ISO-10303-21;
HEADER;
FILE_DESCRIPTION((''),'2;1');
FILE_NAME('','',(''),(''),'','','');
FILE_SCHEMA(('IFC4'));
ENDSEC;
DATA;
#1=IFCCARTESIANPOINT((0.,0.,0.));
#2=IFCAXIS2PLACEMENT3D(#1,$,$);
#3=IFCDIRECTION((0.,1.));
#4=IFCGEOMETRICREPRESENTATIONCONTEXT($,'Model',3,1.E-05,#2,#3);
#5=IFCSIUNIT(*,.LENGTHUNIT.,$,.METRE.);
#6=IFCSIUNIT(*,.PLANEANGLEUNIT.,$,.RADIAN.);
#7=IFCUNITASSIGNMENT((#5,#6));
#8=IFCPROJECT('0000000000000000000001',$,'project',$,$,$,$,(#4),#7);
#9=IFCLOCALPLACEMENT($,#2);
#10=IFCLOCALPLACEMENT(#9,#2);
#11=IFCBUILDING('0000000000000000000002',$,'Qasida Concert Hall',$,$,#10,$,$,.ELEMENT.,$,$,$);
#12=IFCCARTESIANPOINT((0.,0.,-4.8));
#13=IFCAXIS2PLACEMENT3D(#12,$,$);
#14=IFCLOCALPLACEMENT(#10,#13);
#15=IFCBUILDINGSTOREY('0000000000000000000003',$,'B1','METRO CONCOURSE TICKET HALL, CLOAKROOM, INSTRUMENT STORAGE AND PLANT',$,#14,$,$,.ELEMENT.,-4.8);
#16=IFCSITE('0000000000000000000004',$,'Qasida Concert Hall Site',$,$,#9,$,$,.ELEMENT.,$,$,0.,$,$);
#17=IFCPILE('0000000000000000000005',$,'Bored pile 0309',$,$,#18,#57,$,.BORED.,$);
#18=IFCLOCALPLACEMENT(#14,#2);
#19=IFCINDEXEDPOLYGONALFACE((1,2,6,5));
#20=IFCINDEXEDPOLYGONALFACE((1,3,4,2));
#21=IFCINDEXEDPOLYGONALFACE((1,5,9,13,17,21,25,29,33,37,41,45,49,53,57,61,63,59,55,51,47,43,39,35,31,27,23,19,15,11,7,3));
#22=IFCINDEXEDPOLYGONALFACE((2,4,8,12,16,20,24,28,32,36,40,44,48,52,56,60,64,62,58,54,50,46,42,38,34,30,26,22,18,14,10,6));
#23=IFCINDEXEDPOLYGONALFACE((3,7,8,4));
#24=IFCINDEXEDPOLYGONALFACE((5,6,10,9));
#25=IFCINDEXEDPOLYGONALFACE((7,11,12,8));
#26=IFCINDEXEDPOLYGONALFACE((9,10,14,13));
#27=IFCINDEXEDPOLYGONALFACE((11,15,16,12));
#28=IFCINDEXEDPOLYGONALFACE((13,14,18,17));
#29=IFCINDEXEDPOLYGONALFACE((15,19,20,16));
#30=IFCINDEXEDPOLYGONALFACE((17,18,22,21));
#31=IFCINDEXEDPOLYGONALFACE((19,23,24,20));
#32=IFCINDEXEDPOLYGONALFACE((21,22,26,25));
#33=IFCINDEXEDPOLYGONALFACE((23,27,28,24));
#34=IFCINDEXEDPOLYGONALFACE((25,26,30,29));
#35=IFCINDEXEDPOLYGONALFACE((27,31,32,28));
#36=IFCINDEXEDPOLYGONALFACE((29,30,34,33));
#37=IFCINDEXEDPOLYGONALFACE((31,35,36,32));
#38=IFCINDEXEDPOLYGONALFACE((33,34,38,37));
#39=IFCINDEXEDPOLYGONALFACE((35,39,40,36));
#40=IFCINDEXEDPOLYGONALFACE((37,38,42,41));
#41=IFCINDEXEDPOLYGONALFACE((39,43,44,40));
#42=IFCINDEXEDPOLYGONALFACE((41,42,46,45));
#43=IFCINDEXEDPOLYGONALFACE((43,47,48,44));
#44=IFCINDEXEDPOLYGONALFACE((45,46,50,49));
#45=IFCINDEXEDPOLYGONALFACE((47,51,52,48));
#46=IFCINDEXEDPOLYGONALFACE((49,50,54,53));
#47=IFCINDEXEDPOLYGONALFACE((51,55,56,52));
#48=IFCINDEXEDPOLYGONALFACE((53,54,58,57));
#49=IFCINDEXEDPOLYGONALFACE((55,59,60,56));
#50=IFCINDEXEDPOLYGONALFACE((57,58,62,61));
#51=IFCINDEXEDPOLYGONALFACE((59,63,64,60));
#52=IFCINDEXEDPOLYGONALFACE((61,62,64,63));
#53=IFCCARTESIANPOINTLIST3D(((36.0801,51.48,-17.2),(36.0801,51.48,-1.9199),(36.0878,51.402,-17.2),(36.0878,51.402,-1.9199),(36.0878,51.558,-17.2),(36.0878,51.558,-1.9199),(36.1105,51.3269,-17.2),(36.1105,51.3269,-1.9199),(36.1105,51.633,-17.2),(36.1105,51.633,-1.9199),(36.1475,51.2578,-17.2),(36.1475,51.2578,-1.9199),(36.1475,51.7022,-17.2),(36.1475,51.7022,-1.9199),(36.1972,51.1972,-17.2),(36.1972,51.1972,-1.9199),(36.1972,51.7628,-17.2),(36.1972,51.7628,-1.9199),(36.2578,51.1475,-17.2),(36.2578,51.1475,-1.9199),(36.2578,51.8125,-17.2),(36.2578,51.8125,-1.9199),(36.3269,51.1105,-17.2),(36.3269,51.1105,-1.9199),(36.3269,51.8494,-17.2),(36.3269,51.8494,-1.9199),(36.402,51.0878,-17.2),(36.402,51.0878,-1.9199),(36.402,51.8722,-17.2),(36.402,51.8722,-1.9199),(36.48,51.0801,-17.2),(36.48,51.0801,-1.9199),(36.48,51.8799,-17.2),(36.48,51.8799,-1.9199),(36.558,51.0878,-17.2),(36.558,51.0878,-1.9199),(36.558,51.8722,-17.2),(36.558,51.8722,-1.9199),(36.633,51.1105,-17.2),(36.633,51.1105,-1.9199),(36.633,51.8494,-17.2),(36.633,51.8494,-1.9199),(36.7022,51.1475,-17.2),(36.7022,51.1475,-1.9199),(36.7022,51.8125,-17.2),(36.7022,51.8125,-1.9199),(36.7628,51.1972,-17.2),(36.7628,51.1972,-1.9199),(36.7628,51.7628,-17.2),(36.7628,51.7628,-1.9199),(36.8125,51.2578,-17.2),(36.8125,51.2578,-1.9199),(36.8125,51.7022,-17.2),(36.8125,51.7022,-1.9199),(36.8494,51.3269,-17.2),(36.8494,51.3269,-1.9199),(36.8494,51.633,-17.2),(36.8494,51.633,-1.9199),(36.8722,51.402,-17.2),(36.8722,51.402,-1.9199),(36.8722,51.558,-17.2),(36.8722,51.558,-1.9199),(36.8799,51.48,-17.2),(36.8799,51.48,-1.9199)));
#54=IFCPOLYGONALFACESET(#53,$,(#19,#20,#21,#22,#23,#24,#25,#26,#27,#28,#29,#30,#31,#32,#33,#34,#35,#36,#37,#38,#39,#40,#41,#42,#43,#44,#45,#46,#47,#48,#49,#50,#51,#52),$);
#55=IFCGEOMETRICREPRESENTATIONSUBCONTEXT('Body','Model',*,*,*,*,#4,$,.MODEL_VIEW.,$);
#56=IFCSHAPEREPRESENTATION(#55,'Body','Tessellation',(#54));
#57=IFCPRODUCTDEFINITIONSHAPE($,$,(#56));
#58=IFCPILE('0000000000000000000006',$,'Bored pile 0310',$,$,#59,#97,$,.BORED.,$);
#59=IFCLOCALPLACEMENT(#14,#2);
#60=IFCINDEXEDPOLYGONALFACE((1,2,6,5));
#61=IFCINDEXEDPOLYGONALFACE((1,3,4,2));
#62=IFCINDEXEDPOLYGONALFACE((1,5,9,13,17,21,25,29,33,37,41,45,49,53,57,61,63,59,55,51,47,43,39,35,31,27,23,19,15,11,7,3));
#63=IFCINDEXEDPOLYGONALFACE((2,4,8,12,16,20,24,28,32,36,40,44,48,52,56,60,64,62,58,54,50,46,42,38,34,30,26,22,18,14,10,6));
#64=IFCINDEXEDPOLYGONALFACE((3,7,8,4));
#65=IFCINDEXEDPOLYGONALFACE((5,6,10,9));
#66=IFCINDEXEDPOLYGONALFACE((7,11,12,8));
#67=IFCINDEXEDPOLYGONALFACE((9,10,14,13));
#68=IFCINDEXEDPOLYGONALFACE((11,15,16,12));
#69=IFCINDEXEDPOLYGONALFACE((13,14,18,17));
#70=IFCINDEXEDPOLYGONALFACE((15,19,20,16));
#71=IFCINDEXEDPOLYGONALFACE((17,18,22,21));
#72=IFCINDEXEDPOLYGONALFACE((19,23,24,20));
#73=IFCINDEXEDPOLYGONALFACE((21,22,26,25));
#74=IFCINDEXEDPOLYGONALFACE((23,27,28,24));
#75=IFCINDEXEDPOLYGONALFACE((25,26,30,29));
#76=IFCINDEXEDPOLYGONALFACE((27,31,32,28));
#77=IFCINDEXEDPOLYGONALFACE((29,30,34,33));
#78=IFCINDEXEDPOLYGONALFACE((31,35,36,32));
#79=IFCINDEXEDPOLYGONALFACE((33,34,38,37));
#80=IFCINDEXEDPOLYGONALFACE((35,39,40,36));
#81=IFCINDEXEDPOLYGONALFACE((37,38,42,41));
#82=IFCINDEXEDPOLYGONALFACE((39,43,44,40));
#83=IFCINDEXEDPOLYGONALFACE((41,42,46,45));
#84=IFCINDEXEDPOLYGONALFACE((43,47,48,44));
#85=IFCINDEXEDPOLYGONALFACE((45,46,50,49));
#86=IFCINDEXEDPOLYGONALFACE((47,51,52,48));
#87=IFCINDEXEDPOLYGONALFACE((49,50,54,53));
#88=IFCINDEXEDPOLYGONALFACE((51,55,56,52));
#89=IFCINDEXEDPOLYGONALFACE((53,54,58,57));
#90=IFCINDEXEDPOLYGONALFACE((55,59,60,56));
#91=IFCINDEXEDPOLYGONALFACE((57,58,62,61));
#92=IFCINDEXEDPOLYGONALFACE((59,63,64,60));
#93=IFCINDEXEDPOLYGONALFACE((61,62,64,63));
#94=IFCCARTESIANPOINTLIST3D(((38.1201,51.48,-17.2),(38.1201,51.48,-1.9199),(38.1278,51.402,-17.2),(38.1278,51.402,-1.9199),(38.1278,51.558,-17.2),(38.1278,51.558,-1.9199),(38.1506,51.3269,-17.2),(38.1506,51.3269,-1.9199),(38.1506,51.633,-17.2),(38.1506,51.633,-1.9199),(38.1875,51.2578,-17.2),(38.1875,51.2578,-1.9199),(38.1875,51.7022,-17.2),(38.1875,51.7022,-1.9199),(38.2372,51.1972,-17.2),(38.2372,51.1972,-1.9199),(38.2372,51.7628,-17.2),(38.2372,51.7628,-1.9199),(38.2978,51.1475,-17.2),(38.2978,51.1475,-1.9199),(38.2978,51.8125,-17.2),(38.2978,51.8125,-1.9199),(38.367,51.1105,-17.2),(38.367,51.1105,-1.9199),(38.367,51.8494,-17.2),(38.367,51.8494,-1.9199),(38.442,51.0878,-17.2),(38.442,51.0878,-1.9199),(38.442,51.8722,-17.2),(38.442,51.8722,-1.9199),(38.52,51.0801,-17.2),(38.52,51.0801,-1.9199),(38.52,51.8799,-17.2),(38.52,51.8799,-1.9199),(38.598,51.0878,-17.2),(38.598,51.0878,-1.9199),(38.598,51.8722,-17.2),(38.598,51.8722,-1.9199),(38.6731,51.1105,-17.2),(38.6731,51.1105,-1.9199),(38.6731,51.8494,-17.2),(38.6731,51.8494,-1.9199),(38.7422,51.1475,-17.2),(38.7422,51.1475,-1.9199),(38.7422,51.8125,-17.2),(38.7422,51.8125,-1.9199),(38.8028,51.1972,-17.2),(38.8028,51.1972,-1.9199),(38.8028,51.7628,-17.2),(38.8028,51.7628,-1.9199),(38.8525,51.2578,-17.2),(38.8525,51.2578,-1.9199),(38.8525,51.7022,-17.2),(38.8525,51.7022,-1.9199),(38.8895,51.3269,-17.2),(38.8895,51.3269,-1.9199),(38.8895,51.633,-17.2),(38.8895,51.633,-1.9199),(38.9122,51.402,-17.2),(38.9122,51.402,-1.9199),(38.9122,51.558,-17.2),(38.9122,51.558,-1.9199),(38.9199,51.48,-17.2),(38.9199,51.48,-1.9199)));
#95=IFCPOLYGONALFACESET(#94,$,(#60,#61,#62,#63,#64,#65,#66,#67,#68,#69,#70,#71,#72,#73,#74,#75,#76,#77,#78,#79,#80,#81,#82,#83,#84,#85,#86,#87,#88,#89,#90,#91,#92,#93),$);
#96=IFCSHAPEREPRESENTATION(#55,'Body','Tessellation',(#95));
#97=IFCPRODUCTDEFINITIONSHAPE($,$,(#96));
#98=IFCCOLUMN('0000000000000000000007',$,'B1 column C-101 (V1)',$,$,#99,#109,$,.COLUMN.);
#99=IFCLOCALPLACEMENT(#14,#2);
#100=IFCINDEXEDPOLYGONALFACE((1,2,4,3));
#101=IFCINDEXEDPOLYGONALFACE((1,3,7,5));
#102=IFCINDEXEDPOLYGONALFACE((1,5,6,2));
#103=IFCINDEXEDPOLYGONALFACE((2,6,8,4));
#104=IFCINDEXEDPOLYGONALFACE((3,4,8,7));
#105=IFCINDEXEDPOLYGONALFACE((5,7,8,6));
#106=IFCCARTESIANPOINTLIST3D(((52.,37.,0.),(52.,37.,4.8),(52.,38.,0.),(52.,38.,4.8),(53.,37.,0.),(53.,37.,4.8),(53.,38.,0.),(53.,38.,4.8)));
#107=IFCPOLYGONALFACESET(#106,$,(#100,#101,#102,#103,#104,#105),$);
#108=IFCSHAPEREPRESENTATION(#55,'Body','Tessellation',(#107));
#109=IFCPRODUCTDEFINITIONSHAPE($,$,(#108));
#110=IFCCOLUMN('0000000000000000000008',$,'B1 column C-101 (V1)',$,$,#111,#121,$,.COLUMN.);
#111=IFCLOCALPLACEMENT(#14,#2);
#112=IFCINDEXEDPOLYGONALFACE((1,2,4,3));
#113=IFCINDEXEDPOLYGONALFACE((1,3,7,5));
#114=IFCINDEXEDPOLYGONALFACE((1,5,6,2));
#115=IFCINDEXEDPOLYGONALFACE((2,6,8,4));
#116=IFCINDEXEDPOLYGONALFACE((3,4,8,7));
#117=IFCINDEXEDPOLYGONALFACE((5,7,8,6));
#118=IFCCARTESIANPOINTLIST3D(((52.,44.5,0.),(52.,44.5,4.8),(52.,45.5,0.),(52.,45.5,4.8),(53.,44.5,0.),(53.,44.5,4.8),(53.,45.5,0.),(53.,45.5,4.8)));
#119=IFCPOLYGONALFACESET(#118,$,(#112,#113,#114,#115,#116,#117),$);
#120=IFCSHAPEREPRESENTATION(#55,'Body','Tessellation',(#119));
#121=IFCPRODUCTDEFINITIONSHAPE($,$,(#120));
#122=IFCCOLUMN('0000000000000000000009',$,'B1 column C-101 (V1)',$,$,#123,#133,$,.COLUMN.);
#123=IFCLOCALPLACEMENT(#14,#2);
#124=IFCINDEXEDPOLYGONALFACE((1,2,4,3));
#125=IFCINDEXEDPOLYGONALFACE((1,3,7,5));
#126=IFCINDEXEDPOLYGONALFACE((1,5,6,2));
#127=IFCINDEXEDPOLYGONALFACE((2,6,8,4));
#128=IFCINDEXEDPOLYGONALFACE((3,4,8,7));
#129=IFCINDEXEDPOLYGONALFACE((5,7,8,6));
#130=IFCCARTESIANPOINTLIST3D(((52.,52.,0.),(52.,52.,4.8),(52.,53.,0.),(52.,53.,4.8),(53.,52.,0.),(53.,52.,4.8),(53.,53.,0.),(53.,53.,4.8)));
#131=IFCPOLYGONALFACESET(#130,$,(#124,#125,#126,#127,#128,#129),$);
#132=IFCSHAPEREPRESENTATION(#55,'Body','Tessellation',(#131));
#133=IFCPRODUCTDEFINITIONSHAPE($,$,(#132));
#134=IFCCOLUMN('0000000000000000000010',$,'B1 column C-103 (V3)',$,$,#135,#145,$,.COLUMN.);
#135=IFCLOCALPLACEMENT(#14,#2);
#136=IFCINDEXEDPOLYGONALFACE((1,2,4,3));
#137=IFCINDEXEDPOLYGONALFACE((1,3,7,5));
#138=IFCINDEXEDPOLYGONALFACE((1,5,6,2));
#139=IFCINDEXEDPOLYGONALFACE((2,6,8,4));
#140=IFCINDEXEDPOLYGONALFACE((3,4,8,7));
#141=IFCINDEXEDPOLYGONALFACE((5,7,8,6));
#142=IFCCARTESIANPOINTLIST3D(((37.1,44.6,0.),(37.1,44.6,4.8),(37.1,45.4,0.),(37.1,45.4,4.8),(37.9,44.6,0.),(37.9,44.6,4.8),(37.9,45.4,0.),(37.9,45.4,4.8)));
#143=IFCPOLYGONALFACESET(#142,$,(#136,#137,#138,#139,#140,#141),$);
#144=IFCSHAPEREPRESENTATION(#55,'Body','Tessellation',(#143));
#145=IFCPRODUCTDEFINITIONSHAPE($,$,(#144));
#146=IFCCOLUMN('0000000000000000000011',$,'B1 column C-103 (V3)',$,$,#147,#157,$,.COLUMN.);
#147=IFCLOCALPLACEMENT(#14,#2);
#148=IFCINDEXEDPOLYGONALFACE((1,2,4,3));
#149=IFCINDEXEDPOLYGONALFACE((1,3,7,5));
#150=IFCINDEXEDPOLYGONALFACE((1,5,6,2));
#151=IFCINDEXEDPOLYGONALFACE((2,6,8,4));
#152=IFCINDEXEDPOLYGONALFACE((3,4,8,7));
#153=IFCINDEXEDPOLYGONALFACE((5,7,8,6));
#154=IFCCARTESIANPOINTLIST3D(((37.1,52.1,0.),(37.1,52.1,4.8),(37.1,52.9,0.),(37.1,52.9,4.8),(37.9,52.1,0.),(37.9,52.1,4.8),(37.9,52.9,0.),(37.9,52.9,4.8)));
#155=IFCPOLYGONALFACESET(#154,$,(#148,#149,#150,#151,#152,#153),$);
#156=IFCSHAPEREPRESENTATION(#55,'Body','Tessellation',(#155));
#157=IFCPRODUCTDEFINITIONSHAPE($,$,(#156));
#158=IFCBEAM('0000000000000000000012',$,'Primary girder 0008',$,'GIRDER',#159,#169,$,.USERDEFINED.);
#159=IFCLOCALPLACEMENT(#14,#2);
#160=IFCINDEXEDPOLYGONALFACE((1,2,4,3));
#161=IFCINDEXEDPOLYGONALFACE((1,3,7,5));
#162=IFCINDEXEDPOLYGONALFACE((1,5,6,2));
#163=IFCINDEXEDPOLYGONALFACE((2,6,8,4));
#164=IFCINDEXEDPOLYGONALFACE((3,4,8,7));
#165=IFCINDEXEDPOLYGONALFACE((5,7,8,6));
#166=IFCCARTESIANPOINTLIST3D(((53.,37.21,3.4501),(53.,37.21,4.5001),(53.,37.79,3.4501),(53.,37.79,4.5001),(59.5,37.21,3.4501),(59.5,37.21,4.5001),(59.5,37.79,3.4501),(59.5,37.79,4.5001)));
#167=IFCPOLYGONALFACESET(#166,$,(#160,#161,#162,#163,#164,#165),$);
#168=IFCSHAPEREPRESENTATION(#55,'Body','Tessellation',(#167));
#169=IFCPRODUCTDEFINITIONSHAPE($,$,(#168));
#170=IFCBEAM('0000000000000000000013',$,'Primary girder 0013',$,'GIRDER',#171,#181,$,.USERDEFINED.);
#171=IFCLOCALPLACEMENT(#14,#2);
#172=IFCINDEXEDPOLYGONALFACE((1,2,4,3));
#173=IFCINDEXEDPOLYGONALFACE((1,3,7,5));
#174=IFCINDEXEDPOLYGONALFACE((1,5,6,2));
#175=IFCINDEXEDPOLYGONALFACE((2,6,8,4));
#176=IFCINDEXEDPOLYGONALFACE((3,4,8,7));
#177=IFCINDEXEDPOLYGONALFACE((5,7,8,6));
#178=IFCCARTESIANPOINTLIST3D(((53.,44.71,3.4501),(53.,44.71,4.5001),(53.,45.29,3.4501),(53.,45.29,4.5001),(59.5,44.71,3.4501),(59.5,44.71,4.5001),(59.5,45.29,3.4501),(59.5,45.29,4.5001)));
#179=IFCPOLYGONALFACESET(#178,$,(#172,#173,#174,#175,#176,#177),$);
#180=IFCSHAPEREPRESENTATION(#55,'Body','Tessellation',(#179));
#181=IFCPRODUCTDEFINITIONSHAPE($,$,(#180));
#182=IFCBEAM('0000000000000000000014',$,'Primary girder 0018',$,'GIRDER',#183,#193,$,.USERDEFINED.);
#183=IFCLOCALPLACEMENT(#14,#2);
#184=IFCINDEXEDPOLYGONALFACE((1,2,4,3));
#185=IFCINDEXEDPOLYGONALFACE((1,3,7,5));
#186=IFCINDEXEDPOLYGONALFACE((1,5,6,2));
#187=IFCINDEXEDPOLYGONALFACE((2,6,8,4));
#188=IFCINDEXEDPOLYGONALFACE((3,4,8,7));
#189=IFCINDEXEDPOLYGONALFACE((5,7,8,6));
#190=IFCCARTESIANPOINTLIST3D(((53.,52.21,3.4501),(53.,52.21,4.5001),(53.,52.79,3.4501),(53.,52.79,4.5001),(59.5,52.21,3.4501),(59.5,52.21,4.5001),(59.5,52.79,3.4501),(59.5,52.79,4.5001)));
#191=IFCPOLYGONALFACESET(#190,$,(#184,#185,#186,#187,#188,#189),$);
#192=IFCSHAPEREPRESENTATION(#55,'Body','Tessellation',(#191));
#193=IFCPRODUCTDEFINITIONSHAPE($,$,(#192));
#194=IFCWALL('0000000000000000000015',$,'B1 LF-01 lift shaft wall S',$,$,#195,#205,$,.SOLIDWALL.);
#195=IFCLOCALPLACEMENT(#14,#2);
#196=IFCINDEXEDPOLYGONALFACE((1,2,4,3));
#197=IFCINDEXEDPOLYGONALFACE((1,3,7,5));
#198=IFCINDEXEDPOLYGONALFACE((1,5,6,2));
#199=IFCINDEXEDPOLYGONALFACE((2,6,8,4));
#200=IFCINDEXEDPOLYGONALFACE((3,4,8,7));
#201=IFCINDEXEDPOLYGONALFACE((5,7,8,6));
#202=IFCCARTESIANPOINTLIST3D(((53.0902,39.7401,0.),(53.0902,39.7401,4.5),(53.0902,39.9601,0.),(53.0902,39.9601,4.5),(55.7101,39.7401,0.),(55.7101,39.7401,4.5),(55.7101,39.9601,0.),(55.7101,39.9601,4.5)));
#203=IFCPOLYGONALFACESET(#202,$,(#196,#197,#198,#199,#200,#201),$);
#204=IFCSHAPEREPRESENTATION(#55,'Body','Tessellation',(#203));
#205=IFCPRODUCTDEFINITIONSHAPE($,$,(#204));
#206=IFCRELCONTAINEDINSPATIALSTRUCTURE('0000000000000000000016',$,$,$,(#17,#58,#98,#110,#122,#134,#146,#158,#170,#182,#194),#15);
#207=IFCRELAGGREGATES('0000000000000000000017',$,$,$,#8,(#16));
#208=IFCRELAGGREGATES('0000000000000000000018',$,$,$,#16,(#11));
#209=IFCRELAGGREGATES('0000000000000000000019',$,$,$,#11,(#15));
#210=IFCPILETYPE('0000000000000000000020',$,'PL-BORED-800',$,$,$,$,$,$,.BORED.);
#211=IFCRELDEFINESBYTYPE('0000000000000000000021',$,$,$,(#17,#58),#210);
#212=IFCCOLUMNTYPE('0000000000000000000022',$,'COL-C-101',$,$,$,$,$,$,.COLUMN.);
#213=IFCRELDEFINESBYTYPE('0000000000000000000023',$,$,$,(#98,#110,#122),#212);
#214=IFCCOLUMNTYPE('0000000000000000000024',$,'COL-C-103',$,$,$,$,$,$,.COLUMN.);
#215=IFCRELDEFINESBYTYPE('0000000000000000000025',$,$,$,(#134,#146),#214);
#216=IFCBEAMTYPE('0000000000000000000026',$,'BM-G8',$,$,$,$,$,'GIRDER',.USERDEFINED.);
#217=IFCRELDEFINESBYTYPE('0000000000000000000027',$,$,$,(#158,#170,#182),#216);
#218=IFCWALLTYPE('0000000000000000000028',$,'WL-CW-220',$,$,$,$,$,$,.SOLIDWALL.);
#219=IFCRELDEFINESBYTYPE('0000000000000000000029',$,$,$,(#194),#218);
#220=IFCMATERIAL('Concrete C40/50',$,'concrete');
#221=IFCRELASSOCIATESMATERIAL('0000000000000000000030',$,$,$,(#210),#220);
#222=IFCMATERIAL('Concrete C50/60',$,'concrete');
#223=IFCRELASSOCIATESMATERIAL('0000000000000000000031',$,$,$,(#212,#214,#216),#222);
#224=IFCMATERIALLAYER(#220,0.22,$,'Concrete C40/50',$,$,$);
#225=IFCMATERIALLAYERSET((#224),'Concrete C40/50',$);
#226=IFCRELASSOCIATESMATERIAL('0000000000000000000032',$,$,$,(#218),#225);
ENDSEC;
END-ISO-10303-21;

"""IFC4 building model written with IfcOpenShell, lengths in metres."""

from ifc_helpers import new_model, si_unit, direction, frame, frame_2d, origin, origin_2d, place, context, subcontext, project, spatial, rectangle, circle, extrude, material, layer, layer_set, material_profile, profile_set, type_object, element, save


model = new_model("IFC4")

# Units and contexts
model_context = context("Model", 3, precision=1e-05, world=origin(), true_north=direction((0.0, 1.0)))
body_context = subcontext(model_context, "Body", "Model", "MODEL_VIEW")
ifc_project = project(units=[si_unit("LENGTHUNIT", "METRE"), si_unit("PLANEANGLEUNIT", "RADIAN")], contexts=[model_context])

# Site, building, storey
site_placement = place(None, origin())
site = spatial("IfcSite", under=ifc_project, at=site_placement, Name="Qasida Concert Hall Site", CompositionType="ELEMENT", RefElevation=0.0)
building_placement = place(site_placement, origin())
building = spatial("IfcBuilding", under=site, at=building_placement, Name="Qasida Concert Hall", CompositionType="ELEMENT")
storey_placement = place(building_placement, frame((0.0, 0.0, -4.8)))
storey = spatial("IfcBuildingStorey", under=building, at=storey_placement, Name="B1", Description="METRO CONCOURSE TICKET HALL, CLOAKROOM, INSTRUMENT STORAGE AND PLANT", CompositionType="ELEMENT", Elevation=-4.8)

# Shared definitions
ifc_material_1 = material(Name="Concrete C40/50", Category="concrete")

# Piles
ifc_material_profile_1 = material_profile(ifc_material_1, circle(Radius=0.3999, at=origin_2d()), Name="BORED PILE D800")
ifc_profile_set_1 = profile_set([ifc_material_profile_1], Name="Concrete C40/50")
pile_type_1 = type_object("IfcPileType", Name="PL-BORED-800", PredefinedType="BORED", material=ifc_profile_set_1)
for number, where, z_axis, x_axis, name in (
    (1, (36.48, 51.48, -1.9199), (0.0, 0.0, -1.0), (1.0, 0.0, 0.0), "Bored pile 0309"),
    (2, (38.52, 51.48, -1.9199), (0.0, 0.0, -1.0), (1.0, 0.0, 0.0), "Bored pile 0310"),
):
    element("IfcPile", number, at=place(storey_placement, frame(where, z_axis=z_axis, x_axis=x_axis)), inside=storey, type_object=pile_type_1, Name=name, PredefinedType="BORED", context=body_context, shape_type="SweptSolid", body=[
        extrude(circle(Radius=0.3999, at=origin_2d()), origin(), (0.0, 0.0, 1.0), 15.28),
    ])

# Columns
ifc_material_2 = material(Name="Concrete C50/60", Category="concrete")
ifc_material_profile_2 = material_profile(ifc_material_2, rectangle(XDim=1.0, YDim=1.0, at=origin_2d()), Name="RC 1000x1000")
ifc_profile_set_2 = profile_set([ifc_material_profile_2], Name="Concrete C50/60")
column_type_1 = type_object("IfcColumnType", Name="COL-C-101", PredefinedType="COLUMN", material=ifc_profile_set_2)
for number, where, z_axis, x_axis, name in (
    (3, (52.5, 37.5, 0.0), (0.0, 0.0, 1.0), (1.0, 0.0, 0.0), "B1 column C-101 (V1)"),
    (4, (52.5, 45.0, 0.0), (0.0, 0.0, 1.0), (1.0, 0.0, 0.0), "B1 column C-101 (V1)"),
    (5, (52.5, 52.5, 0.0), (0.0, 0.0, 1.0), (1.0, 0.0, 0.0), "B1 column C-101 (V1)"),
):
    element("IfcColumn", number, at=place(storey_placement, frame(where, z_axis=z_axis, x_axis=x_axis)), inside=storey, type_object=column_type_1, Name=name, PredefinedType="COLUMN", context=body_context, shape_type="SweptSolid", body=[
        extrude(rectangle(XDim=1.0, YDim=1.0, at=origin_2d()), origin(), (0.0, 0.0, 1.0), 4.8),
    ])
ifc_material_profile_3 = material_profile(ifc_material_2, rectangle(XDim=0.8, YDim=0.8, at=origin_2d()), Name="RC 800x800")
ifc_profile_set_3 = profile_set([ifc_material_profile_3], Name="Concrete C50/60")
column_type_2 = type_object("IfcColumnType", Name="COL-C-103", PredefinedType="COLUMN", material=ifc_profile_set_3)
for number, where, z_axis, x_axis, name in (
    (6, (37.5, 45.0, 0.0), (0.0, 0.0, 1.0), (1.0, 0.0, 0.0), "B1 column C-103 (V3)"),
    (7, (37.5, 52.5, 0.0), (0.0, 0.0, 1.0), (1.0, 0.0, 0.0), "B1 column C-103 (V3)"),
):
    element("IfcColumn", number, at=place(storey_placement, frame(where, z_axis=z_axis, x_axis=x_axis)), inside=storey, type_object=column_type_2, Name=name, PredefinedType="COLUMN", context=body_context, shape_type="SweptSolid", body=[
        extrude(rectangle(XDim=0.8, YDim=0.8, at=origin_2d()), origin(), (0.0, 0.0, 1.0), 4.8),
    ])

# Beams
ifc_material_profile_4 = material_profile(ifc_material_2, rectangle(XDim=0.5801, YDim=1.05, at=origin_2d()), Name="RC 580x1050")
ifc_profile_set_4 = profile_set([ifc_material_profile_4], Name="Concrete C50/60")
beam_type = type_object("IfcBeamType", Name="BM-G8", ElementType="GIRDER", PredefinedType="USERDEFINED", material=ifc_profile_set_4)
for number, where, z_axis, x_axis, name in (
    (8, (53.0, 37.5, 3.9751), (1.0, 0.0, 0.0), (0.0, 1.0, 0.0), "Primary girder 0008"),
    (9, (53.0, 45.0, 3.9751), (1.0, 0.0, 0.0), (0.0, 1.0, 0.0), "Primary girder 0013"),
    (10, (53.0, 52.5, 3.9751), (1.0, 0.0, 0.0), (0.0, 1.0, 0.0), "Primary girder 0018"),
):
    element("IfcBeam", number, at=place(storey_placement, frame(where, z_axis=z_axis, x_axis=x_axis)), inside=storey, type_object=beam_type, Name=name, ObjectType="GIRDER", PredefinedType="USERDEFINED", context=body_context, shape_type="SweptSolid", body=[
        extrude(rectangle(XDim=0.5801, YDim=1.05, at=origin_2d()), origin(), (0.0, 0.0, 1.0), 6.5),
    ])

# Wall
ifc_layer_1 = layer(ifc_material_1, 0.22, Name="Concrete C40/50")
ifc_layer_set_1 = layer_set([ifc_layer_1], Name="Concrete C40/50")
wall_type_1 = type_object("IfcWallType", Name="WL-CW-220", PredefinedType="SOLIDWALL", material=ifc_layer_set_1)
for number, where, z_axis, x_axis, name in (
    (11, (53.0901, 39.8501, 0.0), (0.0, 0.0, 1.0), (1.0, 0.0, 0.0), "B1 LF-01 lift shaft wall S"),
):
    element("IfcWall", number, at=place(storey_placement, frame(where, z_axis=z_axis, x_axis=x_axis)), inside=storey, type_object=wall_type_1, Name=name, PredefinedType="SOLIDWALL", context=body_context, shape_type="SweptSolid", body=[
        extrude(rectangle(XDim=2.6199, YDim=0.22, at=frame_2d((1.3101, 0.0))), origin(), (0.0, 0.0, 1.0), 4.5),
    ])

save(model, "model.ifc")
